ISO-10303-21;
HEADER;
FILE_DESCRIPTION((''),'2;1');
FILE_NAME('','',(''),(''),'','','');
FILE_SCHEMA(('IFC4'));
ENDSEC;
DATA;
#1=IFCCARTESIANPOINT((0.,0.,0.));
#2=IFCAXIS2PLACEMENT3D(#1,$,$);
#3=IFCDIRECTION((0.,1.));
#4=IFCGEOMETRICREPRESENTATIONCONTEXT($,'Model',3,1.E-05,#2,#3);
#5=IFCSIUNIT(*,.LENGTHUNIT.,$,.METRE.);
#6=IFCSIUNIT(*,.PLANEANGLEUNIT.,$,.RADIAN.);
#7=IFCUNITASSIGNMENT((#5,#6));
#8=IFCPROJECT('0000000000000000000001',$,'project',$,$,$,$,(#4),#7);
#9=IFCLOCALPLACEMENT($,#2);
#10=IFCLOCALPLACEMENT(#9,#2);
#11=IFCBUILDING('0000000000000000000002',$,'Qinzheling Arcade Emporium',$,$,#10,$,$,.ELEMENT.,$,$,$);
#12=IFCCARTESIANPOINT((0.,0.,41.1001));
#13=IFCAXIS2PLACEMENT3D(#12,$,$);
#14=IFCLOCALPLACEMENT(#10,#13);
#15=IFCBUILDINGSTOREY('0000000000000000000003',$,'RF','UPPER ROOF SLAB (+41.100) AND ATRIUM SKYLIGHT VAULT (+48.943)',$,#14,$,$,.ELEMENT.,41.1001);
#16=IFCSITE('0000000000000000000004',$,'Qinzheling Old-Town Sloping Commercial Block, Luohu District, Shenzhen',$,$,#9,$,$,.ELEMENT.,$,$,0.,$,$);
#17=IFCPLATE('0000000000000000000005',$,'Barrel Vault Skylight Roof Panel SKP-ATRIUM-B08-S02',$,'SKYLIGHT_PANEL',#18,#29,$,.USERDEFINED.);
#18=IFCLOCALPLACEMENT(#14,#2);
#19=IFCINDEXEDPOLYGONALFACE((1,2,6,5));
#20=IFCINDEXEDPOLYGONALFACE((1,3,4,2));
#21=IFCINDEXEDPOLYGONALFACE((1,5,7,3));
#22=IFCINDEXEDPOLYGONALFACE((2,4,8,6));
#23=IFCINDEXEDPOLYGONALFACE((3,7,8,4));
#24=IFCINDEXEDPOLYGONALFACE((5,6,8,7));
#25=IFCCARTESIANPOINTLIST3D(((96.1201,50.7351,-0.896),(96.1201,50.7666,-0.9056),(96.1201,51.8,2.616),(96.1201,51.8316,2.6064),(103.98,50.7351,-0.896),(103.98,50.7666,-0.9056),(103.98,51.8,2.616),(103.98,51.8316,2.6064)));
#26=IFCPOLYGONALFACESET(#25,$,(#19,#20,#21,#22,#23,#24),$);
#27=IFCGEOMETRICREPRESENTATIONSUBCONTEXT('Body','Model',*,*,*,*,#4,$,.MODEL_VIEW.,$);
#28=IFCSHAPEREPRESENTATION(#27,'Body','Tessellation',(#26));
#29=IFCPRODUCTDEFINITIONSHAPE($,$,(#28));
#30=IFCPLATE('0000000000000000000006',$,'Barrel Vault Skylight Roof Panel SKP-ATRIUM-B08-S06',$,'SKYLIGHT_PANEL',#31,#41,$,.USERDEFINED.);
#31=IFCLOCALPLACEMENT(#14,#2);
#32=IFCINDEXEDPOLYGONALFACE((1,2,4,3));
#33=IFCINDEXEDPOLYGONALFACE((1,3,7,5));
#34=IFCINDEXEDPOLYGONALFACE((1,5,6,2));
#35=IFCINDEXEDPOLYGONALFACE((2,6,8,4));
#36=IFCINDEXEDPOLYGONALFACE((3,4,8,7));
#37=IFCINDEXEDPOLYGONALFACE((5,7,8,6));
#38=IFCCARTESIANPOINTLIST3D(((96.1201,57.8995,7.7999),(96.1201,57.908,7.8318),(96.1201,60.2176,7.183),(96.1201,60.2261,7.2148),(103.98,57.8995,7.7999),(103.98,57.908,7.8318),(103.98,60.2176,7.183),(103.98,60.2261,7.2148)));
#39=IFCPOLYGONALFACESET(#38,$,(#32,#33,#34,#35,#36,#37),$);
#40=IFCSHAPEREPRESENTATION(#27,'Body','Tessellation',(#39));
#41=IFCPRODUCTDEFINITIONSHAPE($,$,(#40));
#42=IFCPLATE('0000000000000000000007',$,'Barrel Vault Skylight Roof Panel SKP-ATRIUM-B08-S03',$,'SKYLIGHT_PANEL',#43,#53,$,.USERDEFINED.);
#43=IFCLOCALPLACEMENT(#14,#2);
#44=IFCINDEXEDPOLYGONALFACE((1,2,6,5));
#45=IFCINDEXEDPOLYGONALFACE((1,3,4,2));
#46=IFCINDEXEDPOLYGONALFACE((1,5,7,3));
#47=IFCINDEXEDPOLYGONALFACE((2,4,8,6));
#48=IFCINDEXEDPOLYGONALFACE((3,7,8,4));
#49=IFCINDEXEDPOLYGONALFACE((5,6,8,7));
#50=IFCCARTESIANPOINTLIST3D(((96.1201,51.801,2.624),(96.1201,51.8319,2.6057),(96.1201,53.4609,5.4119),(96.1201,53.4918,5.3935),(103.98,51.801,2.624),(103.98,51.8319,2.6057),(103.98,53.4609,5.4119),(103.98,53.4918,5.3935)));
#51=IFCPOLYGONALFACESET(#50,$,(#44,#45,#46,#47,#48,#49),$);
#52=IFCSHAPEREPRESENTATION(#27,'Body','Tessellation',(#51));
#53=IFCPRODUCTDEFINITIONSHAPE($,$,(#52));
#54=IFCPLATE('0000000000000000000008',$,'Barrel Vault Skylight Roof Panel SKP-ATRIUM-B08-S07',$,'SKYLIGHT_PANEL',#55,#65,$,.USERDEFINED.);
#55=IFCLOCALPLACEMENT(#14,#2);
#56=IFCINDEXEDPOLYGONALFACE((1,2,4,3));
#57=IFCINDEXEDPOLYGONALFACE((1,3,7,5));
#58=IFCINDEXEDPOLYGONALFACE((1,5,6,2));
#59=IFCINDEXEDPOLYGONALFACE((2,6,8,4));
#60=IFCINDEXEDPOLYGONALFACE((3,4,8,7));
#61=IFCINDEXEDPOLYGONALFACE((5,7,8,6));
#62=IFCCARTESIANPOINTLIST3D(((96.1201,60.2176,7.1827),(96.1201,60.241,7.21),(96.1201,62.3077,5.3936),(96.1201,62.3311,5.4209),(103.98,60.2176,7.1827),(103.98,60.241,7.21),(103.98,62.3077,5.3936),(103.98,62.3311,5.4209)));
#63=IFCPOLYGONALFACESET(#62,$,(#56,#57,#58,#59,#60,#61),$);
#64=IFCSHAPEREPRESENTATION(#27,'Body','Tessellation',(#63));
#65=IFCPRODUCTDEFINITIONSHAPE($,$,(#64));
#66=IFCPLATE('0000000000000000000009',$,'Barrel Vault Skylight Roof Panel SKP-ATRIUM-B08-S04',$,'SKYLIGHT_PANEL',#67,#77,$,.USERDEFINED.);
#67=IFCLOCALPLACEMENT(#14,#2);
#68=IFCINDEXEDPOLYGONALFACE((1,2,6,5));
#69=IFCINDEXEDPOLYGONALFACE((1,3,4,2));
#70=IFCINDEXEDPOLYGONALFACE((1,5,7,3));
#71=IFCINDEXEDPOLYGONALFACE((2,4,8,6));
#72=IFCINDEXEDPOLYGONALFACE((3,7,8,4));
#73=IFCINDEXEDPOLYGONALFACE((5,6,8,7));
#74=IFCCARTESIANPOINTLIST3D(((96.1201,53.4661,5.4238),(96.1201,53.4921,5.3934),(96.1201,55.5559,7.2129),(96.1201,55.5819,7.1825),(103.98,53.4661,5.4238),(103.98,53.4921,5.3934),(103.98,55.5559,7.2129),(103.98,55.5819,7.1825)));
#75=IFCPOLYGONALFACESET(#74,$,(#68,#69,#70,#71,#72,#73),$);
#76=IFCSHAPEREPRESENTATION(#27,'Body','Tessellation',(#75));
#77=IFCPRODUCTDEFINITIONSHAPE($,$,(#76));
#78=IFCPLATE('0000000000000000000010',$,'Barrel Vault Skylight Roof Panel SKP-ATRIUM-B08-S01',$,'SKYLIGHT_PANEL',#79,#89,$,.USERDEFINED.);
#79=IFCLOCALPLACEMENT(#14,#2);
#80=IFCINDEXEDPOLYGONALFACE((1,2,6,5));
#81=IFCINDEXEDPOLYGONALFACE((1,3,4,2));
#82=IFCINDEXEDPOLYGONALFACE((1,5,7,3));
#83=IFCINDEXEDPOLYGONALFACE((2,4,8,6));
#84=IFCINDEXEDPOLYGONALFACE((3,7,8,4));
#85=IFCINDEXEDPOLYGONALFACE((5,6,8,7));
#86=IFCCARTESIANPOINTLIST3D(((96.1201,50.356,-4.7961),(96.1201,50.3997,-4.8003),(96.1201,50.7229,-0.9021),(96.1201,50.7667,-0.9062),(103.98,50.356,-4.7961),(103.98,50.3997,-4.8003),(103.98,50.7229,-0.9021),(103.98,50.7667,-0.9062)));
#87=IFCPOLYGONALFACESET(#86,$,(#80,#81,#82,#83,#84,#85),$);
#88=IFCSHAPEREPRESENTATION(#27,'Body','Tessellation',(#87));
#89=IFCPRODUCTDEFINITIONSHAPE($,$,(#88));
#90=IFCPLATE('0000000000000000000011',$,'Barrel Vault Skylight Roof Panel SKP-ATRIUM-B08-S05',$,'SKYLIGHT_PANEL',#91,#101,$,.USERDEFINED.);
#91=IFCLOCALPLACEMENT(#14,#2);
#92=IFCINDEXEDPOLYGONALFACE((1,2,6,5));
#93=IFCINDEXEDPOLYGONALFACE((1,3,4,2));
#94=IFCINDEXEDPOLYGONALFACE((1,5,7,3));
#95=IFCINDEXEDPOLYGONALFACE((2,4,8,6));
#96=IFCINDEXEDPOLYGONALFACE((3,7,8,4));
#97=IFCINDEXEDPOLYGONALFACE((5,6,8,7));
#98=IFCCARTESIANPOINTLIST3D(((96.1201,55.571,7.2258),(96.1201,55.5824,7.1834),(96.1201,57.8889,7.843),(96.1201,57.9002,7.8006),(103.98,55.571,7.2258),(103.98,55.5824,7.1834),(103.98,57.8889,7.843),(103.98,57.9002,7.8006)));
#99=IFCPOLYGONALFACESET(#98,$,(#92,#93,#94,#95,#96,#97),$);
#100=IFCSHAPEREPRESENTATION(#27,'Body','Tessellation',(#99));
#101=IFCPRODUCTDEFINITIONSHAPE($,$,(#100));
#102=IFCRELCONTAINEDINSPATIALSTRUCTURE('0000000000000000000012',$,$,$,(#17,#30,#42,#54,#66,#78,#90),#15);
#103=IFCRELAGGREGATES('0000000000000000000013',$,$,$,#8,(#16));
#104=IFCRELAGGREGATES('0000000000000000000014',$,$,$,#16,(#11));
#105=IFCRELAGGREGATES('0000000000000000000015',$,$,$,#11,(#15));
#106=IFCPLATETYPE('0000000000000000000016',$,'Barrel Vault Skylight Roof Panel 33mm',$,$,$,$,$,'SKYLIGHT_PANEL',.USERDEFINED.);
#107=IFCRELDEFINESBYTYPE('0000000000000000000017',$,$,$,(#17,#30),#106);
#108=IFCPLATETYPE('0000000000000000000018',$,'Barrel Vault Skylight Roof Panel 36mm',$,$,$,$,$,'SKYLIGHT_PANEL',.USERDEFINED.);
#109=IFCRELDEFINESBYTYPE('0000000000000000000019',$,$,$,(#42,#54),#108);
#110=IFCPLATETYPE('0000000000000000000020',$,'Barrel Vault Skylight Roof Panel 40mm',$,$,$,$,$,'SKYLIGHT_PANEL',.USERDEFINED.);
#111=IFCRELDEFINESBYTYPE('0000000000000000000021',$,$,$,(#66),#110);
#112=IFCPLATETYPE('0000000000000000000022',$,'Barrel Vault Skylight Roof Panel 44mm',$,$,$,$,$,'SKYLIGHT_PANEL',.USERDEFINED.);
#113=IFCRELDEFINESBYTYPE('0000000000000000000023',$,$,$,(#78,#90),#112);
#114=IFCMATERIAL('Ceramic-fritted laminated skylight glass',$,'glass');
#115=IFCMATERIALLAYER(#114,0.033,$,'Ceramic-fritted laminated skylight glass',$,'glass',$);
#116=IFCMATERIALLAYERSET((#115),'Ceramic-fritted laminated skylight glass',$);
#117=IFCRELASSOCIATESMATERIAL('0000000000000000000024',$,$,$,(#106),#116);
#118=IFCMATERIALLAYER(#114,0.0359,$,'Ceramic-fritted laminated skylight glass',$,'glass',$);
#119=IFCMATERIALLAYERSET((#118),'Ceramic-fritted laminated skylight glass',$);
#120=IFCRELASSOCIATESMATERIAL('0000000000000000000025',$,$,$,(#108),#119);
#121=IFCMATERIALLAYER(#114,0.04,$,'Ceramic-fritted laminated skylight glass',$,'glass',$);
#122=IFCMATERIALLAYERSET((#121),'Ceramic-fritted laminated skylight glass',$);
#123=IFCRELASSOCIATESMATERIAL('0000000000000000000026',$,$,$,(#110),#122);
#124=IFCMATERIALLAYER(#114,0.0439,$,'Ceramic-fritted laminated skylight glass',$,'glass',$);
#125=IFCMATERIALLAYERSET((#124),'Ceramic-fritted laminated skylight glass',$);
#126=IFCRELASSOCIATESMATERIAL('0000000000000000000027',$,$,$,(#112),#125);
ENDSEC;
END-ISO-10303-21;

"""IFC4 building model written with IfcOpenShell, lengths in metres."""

from ifc_helpers import new_model, si_unit, direction, frame, origin, place, context, subcontext, project, spatial, polyline, outline, extrude, material, layer, layer_set, type_object, element, save


model = new_model("IFC4")

# Units and contexts
model_context = context("Model", 3, precision=1e-05, world=origin(), true_north=direction((0.0, 1.0)))
body_context = subcontext(model_context, "Body", "Model", "MODEL_VIEW")
ifc_project = project(units=[si_unit("LENGTHUNIT", "METRE"), si_unit("PLANEANGLEUNIT", "RADIAN")], contexts=[model_context])

# Site, building, storey
site_placement = place(None, origin())
site = spatial("IfcSite", under=ifc_project, at=site_placement, Name="Qinzheling Old-Town Sloping Commercial Block, Luohu District, Shenzhen", CompositionType="ELEMENT", RefElevation=0.0)
building_placement = place(site_placement, origin())
building = spatial("IfcBuilding", under=site, at=building_placement, Name="Qinzheling Arcade Emporium", CompositionType="ELEMENT")
storey_placement = place(building_placement, frame((0.0, 0.0, 41.1001)))
storey = spatial("IfcBuildingStorey", under=building, at=storey_placement, Name="RF", Description="UPPER ROOF SLAB (+41.100) AND ATRIUM SKYLIGHT VAULT (+48.943)", CompositionType="ELEMENT", Elevation=41.1001)

# Plates
ifc_material_1 = material(Name="Ceramic-fritted laminated skylight glass", Category="glass")
ifc_layer_1 = layer(ifc_material_1, 0.033, Name="Ceramic-fritted laminated skylight glass", Category="glass")
ifc_layer_set_1 = layer_set([ifc_layer_1], Name="Ceramic-fritted laminated skylight glass")
plate_type_1 = type_object("IfcPlateType", Name="Barrel Vault Skylight Roof Panel 33mm", ElementType="SKYLIGHT_PANEL", PredefinedType="USERDEFINED", material=ifc_layer_set_1)
plate_1_placement = place(storey_placement, frame((96.1201, 50.7351, -0.896), z_axis=(0.0, -0.956971, 0.290185), x_axis=(1.0, 0.0, 0.0)))
element("IfcPlate", 1, at=plate_1_placement, inside=storey, type_object=plate_type_1, Name="Barrel Vault Skylight Roof Panel SKP-ATRIUM-B08-S02", ObjectType="SKYLIGHT_PANEL", PredefinedType="USERDEFINED", context=body_context, shape_type="SweptSolid", body=[
    extrude(outline(polyline([(0.0, 0.0), (7.8599, 0.0), (7.8599, 3.6699), (0.0, 3.6699), (0.0, 0.0)])), origin(), (0.0, 0.0, -1.0), 0.033),
])
plate_2_placement = place(storey_placement, frame((96.1201, 57.908, 7.8318), z_axis=(0.0, 0.257188, 0.966362), x_axis=(1.0, 0.0, 0.0)))
element("IfcPlate", 2, at=plate_2_placement, inside=storey, type_object=plate_type_1, Name="Barrel Vault Skylight Roof Panel SKP-ATRIUM-B08-S06", ObjectType="SKYLIGHT_PANEL", PredefinedType="USERDEFINED", context=body_context, shape_type="SweptSolid", body=[
    extrude(outline(polyline([(0.0, 0.0), (7.8599, 0.0), (7.8599, 2.3988), (0.0, 2.3988), (0.0, 0.0)])), origin(), (0.0, 0.0, -1.0), 0.033),
])
ifc_layer_2 = layer(ifc_material_1, 0.0359, Name="Ceramic-fritted laminated skylight glass", Category="glass")
ifc_layer_set_2 = layer_set([ifc_layer_2], Name="Ceramic-fritted laminated skylight glass")
plate_type_2 = type_object("IfcPlateType", Name="Barrel Vault Skylight Roof Panel 36mm", ElementType="SKYLIGHT_PANEL", PredefinedType="USERDEFINED", material=ifc_layer_set_2)
plate_3_placement = place(storey_placement, frame((96.1201, 51.801, 2.624), z_axis=(0.0, -0.859228, 0.511594), x_axis=(1.0, 0.0, 0.0)))
element("IfcPlate", 3, at=plate_3_placement, inside=storey, type_object=plate_type_2, Name="Barrel Vault Skylight Roof Panel SKP-ATRIUM-B08-S03", ObjectType="SKYLIGHT_PANEL", PredefinedType="USERDEFINED", context=body_context, shape_type="SweptSolid", body=[
    extrude(outline(polyline([(0.0, 0.0), (7.8599, 0.0), (7.8599, 3.2446), (0.0, 3.2446), (0.0, 0.0)])), origin(), (0.0, 0.0, -1.0), 0.0359),
])
plate_4_placement = place(storey_placement, frame((96.1201, 60.241, 7.21), z_axis=(0.0, 0.65028, 0.759695), x_axis=(1.0, 0.0, 0.0)))
element("IfcPlate", 4, at=plate_4_placement, inside=storey, type_object=plate_type_2, Name="Barrel Vault Skylight Roof Panel SKP-ATRIUM-B08-S07", ObjectType="SKYLIGHT_PANEL", PredefinedType="USERDEFINED", context=body_context, shape_type="SweptSolid", body=[
    extrude(outline(polyline([(0.0, 0.0), (7.8599, 0.0), (7.8599, 2.7512), (0.0, 2.7512), (0.0, 0.0)])), origin(), (0.0, 0.0, -1.0), 0.0359),
])
ifc_layer_3 = layer(ifc_material_1, 0.04, Name="Ceramic-fritted laminated skylight glass", Category="glass")
ifc_layer_set_3 = layer_set([ifc_layer_3], Name="Ceramic-fritted laminated skylight glass")
plate_type_3 = type_object("IfcPlateType", Name="Barrel Vault Skylight Roof Panel 40mm", ElementType="SKYLIGHT_PANEL", PredefinedType="USERDEFINED", material=ifc_layer_set_3)
plate_5_placement = place(storey_placement, frame((96.1201, 53.4661, 5.4238), z_axis=(0.0, -0.650324, 0.759657), x_axis=(1.0, 0.0, 0.0)))
element("IfcPlate", 5, at=plate_5_placement, inside=storey, type_object=plate_type_3, Name="Barrel Vault Skylight Roof Panel SKP-ATRIUM-B08-S04", ObjectType="SKYLIGHT_PANEL", PredefinedType="USERDEFINED", context=body_context, shape_type="SweptSolid", body=[
    extrude(outline(polyline([(0.0, 0.0), (7.8599, 0.0), (7.8599, 2.751), (0.0, 2.751), (0.0, 0.0)])), origin(), (0.0, 0.0, -1.0), 0.04),
])
ifc_layer_4 = layer(ifc_material_1, 0.0439, Name="Ceramic-fritted laminated skylight glass", Category="glass")
ifc_layer_set_4 = layer_set([ifc_layer_4], Name="Ceramic-fritted laminated skylight glass")
plate_type_4 = type_object("IfcPlateType", Name="Barrel Vault Skylight Roof Panel 44mm", ElementType="SKYLIGHT_PANEL", PredefinedType="USERDEFINED", material=ifc_layer_set_4)
plate_6_placement = place(storey_placement, frame((96.1201, 50.356, -4.7961), z_axis=(0.0, -0.99559, 0.093816), x_axis=(1.0, 0.0, 0.0)))
element("IfcPlate", 6, at=plate_6_placement, inside=storey, type_object=plate_type_4, Name="Barrel Vault Skylight Roof Panel SKP-ATRIUM-B08-S01", ObjectType="SKYLIGHT_PANEL", PredefinedType="USERDEFINED", context=body_context, shape_type="SweptSolid", body=[
    extrude(outline(polyline([(0.0, 0.0), (7.8599, 0.0), (7.8599, 3.9113), (0.0, 3.9113), (0.0, 0.0)])), origin(), (0.0, 0.0, -1.0), 0.0439),
])
plate_7_placement = place(storey_placement, frame((96.1201, 55.571, 7.2258), z_axis=(0.0, -0.257308, 0.966329), x_axis=(1.0, 0.0, 0.0)))
element("IfcPlate", 7, at=plate_7_placement, inside=storey, type_object=plate_type_4, Name="Barrel Vault Skylight Roof Panel SKP-ATRIUM-B08-S05", ObjectType="SKYLIGHT_PANEL", PredefinedType="USERDEFINED", context=body_context, shape_type="SweptSolid", body=[
    extrude(outline(polyline([(0.0, 0.0), (7.8599, 0.0), (7.8599, 2.3986), (0.0, 2.3986), (0.0, 0.0)])), origin(), (0.0, 0.0, -1.0), 0.0439),
])

save(model, "model.ifc")
